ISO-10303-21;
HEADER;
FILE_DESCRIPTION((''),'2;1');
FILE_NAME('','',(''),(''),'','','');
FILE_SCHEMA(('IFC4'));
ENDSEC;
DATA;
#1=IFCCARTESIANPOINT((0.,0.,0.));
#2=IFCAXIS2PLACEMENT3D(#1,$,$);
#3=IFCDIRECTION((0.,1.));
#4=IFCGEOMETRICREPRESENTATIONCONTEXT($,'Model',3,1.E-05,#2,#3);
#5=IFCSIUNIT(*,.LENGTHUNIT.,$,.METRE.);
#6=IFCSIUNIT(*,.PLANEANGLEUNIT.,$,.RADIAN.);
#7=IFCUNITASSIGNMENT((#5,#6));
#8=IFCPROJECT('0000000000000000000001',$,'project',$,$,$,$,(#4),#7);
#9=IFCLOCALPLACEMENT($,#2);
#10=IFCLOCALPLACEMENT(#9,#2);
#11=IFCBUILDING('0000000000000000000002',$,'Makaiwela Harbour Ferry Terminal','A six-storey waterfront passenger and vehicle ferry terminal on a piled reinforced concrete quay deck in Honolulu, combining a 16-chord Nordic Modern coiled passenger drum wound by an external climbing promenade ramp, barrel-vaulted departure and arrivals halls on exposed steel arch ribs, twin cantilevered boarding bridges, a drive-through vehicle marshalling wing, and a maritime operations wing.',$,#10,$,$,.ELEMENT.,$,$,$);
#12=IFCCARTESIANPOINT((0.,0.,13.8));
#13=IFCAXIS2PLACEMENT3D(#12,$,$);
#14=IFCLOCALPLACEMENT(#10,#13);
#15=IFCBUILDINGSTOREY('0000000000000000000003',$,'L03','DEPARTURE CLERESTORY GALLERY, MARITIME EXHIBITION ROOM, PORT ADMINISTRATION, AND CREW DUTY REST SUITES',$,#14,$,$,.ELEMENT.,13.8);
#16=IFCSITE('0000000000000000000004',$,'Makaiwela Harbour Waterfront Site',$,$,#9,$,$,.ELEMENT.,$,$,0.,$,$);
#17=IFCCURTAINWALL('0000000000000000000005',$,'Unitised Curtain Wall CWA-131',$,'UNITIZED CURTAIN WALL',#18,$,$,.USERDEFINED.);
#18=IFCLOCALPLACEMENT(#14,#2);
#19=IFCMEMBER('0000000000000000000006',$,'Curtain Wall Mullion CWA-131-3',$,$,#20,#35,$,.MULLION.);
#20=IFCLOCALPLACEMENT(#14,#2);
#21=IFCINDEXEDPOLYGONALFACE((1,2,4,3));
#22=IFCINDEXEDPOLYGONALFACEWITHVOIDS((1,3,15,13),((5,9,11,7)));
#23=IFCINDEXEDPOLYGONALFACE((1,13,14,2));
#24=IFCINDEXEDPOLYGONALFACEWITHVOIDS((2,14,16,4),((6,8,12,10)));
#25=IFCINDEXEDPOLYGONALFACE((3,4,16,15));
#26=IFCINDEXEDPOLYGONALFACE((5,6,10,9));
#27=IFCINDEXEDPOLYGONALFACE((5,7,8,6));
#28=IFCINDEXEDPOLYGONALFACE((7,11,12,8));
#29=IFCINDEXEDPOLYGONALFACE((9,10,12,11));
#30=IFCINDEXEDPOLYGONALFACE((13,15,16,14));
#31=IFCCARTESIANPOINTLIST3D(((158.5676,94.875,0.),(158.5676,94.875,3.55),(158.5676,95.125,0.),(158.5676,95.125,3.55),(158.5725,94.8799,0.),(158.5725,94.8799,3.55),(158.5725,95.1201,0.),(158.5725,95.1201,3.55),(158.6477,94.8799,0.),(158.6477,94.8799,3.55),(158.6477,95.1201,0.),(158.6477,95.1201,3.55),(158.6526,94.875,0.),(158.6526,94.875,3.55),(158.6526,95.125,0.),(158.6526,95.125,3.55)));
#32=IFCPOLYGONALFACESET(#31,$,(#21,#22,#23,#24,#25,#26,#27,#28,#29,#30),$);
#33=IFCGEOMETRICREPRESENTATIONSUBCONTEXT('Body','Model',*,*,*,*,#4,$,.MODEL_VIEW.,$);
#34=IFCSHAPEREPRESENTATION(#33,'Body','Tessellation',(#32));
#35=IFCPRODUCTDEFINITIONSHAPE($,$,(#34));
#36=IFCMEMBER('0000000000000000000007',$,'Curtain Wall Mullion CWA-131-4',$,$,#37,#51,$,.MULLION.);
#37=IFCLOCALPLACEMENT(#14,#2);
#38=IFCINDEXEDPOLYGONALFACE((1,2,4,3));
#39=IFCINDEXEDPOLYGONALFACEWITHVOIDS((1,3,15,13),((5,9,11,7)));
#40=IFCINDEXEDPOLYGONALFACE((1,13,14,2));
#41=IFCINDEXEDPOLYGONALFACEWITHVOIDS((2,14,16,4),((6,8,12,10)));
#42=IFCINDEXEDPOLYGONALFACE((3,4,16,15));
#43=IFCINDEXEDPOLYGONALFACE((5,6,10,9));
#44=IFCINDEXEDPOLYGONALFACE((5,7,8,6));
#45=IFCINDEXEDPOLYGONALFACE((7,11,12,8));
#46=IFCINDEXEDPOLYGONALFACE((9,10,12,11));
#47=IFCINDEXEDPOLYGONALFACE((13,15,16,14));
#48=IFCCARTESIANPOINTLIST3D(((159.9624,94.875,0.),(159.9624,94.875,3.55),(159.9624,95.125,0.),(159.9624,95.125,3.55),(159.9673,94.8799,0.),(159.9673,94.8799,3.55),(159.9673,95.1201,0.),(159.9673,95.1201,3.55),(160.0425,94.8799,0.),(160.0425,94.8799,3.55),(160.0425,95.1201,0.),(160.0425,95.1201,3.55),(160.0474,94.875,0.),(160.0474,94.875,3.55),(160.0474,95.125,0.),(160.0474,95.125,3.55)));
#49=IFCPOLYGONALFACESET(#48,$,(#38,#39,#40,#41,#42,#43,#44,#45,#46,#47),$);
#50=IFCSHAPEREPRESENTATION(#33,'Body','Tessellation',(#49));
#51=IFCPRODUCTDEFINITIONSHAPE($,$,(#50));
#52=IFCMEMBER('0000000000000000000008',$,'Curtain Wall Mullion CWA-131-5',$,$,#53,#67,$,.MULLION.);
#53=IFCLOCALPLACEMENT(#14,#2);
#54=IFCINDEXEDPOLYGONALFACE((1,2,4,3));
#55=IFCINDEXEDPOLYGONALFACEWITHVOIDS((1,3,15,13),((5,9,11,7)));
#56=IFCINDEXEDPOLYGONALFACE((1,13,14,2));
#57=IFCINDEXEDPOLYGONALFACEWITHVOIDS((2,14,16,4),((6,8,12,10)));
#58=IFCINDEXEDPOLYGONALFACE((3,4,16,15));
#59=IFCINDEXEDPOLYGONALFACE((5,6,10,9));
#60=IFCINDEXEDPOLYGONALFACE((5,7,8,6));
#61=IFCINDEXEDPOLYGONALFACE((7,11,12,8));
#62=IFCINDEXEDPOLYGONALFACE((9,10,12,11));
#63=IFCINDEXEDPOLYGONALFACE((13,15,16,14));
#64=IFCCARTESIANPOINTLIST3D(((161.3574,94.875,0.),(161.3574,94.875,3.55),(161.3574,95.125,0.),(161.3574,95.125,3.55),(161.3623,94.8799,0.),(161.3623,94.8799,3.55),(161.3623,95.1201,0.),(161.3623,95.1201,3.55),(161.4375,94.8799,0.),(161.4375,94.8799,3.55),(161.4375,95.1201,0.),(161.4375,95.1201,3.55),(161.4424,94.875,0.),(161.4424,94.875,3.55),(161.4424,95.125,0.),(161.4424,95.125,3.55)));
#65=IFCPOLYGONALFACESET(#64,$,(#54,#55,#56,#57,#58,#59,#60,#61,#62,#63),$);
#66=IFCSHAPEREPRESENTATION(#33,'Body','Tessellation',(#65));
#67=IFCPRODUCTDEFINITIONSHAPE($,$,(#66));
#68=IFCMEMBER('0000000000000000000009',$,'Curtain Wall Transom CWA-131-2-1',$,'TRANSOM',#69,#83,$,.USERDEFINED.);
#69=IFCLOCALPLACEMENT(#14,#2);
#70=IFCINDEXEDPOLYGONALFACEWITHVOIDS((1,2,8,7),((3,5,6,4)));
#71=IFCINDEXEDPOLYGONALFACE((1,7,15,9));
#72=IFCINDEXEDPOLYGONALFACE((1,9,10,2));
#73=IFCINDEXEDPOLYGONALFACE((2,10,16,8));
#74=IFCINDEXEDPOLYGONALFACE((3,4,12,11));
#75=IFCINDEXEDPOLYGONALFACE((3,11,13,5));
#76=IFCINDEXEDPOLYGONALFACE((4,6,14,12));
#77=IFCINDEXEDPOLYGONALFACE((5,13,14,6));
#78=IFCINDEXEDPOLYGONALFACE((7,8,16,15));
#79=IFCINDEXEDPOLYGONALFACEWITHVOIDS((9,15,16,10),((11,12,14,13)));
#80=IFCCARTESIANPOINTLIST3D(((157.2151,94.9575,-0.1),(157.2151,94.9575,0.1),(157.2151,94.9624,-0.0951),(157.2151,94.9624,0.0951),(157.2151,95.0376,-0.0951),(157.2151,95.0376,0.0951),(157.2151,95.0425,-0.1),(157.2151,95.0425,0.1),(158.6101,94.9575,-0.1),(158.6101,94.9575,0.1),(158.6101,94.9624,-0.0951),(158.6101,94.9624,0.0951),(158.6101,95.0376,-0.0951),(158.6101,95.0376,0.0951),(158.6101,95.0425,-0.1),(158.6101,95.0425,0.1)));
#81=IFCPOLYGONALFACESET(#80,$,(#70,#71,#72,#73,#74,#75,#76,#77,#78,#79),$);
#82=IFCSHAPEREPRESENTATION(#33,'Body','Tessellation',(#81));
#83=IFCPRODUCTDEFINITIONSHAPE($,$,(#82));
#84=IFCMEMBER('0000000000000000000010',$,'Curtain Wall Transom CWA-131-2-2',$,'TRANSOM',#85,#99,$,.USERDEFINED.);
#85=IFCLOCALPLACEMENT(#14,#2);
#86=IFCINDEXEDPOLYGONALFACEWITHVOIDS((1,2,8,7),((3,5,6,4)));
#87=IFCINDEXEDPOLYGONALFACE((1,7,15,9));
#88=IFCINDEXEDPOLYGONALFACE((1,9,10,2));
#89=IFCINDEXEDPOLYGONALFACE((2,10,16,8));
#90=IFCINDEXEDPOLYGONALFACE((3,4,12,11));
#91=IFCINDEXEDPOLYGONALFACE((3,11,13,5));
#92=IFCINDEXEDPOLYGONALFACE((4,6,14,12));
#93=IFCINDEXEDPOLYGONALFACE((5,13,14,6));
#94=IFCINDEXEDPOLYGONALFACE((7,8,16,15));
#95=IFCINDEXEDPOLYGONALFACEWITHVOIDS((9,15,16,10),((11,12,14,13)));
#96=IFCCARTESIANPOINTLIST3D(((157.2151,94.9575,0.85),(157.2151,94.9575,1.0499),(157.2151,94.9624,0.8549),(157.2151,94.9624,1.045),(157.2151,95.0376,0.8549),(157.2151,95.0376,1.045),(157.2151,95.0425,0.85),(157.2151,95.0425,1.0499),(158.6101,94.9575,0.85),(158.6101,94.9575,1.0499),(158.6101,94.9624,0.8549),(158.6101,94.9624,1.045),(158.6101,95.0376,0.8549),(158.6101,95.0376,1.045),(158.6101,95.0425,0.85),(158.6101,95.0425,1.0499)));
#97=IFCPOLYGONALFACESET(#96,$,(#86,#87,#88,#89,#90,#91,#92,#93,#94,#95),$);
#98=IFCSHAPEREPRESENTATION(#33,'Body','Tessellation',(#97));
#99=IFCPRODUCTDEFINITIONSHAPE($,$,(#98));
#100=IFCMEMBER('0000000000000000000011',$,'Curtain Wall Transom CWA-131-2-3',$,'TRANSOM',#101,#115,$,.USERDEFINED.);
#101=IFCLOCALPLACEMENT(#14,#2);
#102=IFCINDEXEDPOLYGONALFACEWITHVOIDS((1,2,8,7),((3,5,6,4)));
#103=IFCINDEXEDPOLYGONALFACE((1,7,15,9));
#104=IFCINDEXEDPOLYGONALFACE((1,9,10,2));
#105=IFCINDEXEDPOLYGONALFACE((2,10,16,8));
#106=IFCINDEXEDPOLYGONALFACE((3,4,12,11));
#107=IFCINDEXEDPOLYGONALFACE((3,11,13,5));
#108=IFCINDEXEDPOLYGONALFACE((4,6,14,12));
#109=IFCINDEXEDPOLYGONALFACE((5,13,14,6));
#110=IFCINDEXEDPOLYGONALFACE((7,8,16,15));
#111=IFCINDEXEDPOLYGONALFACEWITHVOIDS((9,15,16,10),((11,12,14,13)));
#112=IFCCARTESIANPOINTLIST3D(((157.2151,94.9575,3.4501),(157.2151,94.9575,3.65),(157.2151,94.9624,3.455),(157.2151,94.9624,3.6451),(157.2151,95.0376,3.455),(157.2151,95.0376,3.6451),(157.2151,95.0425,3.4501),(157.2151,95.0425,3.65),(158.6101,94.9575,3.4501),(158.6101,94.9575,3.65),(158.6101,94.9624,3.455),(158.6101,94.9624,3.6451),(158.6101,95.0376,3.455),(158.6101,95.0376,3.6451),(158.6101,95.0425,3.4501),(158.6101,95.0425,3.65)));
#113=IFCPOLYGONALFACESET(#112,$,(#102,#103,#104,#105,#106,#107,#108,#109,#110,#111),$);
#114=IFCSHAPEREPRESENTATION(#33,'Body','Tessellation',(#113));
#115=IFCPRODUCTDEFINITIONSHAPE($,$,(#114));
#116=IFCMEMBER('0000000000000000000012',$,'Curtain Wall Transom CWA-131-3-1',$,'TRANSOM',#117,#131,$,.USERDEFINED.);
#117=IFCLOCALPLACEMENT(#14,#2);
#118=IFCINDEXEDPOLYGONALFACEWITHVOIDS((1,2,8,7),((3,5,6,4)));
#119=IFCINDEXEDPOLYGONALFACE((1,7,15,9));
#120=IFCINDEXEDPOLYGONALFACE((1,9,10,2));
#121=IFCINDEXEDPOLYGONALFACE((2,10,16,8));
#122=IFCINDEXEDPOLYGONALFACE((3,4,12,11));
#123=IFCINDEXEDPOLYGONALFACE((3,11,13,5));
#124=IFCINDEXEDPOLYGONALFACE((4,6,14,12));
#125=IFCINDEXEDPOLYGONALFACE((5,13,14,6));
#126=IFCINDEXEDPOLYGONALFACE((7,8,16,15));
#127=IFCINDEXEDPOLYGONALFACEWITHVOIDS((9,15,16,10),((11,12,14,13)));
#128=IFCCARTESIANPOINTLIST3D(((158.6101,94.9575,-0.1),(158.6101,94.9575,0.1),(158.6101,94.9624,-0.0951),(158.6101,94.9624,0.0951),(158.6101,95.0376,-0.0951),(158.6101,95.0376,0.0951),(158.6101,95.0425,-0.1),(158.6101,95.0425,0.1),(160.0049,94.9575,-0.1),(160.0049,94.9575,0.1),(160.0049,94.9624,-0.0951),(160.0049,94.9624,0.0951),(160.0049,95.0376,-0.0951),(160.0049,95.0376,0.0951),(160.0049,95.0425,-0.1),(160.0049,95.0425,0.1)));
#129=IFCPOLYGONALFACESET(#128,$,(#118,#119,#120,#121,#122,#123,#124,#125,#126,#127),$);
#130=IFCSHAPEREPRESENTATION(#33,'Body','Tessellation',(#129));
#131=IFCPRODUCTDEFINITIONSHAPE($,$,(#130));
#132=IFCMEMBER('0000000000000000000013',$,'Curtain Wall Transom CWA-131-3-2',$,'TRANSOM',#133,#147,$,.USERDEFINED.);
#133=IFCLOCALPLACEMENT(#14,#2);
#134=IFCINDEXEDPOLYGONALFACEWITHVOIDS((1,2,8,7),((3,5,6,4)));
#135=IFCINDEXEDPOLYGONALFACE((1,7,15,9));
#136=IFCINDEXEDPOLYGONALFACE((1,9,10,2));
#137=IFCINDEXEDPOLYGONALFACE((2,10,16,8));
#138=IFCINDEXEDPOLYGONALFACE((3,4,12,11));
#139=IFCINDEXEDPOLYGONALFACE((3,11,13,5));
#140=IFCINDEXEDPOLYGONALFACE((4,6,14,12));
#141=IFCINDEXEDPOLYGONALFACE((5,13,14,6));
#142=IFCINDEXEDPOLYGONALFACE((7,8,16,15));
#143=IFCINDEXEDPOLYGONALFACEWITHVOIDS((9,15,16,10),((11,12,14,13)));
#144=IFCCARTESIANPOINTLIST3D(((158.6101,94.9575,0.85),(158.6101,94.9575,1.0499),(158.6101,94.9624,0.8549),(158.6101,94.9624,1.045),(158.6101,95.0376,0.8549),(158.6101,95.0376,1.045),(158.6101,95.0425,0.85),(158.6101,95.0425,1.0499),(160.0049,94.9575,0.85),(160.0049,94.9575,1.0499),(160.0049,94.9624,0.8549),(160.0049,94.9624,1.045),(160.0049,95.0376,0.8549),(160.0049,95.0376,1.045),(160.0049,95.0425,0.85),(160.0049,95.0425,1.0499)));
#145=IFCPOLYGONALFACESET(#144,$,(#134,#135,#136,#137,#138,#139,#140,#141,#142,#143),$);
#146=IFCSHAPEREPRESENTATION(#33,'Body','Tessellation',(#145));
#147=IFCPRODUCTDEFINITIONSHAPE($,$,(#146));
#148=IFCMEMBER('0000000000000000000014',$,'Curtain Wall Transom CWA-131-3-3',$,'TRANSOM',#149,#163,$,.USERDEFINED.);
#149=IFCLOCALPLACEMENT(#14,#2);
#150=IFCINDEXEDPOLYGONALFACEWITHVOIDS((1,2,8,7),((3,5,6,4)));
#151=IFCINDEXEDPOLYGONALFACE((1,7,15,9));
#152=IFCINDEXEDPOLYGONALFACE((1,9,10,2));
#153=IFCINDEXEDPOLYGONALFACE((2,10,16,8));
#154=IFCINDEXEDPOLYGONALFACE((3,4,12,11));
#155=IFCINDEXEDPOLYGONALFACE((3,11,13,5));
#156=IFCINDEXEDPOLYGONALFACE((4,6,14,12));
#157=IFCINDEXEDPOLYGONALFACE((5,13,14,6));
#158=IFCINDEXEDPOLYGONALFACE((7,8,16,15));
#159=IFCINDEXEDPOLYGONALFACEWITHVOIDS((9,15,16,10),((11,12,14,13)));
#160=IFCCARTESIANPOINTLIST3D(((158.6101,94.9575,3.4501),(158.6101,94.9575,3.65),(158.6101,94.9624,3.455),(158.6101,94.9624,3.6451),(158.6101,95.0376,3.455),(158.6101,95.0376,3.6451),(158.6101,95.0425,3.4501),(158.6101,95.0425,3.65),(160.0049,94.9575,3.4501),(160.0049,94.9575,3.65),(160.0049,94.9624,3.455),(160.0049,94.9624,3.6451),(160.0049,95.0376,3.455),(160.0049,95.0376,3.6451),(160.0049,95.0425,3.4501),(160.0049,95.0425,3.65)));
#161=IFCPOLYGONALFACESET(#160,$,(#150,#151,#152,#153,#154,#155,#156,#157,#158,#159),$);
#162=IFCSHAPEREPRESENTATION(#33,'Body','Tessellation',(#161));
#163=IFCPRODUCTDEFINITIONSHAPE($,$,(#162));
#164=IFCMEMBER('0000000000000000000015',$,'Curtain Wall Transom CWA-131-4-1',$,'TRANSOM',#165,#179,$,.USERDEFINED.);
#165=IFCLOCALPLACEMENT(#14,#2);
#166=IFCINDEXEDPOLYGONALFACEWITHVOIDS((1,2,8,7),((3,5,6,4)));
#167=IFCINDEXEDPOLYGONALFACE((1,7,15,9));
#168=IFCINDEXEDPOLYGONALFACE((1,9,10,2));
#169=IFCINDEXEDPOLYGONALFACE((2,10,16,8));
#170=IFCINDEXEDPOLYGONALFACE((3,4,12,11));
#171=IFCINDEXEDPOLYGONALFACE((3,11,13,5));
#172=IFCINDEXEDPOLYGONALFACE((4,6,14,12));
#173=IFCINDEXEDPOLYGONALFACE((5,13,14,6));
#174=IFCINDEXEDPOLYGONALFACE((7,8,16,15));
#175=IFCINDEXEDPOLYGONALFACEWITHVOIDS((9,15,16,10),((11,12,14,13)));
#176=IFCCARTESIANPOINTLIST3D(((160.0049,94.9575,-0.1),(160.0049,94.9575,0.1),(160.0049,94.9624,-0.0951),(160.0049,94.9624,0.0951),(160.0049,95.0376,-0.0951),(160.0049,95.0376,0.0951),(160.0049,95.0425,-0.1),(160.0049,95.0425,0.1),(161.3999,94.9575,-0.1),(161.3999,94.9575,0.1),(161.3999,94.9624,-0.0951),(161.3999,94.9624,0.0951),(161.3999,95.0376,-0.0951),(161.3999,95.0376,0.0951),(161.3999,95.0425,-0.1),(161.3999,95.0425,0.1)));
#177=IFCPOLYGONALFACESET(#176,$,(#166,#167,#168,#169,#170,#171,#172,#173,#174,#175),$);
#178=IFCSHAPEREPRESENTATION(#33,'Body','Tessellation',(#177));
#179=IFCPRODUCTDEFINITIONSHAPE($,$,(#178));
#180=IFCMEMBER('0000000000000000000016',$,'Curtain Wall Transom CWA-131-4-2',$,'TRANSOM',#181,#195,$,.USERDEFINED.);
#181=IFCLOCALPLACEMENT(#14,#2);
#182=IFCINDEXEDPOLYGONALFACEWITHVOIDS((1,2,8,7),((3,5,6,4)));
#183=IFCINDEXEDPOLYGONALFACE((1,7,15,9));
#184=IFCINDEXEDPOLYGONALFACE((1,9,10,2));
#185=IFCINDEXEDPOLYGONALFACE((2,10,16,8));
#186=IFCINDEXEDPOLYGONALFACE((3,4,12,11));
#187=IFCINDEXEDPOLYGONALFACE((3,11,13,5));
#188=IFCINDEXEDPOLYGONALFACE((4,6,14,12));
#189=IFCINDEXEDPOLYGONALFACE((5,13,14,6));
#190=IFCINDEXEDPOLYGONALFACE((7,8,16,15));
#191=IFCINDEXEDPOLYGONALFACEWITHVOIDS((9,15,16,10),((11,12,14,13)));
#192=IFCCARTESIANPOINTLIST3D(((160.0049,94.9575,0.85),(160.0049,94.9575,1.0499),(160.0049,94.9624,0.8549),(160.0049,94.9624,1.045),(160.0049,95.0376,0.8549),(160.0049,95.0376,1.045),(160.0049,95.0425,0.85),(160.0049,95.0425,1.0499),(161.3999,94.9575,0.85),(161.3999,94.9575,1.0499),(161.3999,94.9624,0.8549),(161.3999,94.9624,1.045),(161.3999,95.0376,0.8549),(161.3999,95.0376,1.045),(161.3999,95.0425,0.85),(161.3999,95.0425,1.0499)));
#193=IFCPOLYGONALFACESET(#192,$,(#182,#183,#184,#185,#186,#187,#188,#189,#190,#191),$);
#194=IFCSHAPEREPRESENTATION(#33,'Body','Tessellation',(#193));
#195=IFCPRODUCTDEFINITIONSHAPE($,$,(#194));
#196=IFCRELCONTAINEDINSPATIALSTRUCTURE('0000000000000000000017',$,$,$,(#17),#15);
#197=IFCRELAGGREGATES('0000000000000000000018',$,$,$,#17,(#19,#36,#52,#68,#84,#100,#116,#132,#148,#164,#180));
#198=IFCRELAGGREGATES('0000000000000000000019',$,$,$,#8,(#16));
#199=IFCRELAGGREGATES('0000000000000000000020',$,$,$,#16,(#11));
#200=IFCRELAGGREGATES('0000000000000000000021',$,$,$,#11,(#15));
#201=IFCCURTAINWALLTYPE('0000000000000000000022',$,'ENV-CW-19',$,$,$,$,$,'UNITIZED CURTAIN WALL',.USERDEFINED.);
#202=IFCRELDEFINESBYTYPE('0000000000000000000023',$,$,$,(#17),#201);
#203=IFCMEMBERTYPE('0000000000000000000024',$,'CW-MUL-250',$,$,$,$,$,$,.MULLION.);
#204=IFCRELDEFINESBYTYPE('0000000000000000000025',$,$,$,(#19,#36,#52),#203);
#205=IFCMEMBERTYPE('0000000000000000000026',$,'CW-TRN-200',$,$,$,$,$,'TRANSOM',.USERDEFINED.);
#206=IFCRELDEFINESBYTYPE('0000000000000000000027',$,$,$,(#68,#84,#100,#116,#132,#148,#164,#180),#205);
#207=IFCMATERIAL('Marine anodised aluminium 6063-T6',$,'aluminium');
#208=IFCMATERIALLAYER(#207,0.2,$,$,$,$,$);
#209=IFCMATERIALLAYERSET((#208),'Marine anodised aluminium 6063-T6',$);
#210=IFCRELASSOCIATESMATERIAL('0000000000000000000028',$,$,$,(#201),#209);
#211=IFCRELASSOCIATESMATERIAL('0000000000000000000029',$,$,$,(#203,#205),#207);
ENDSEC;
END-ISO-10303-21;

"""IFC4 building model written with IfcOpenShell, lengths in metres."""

from ifc_helpers import new_model, si_unit, direction, frame, origin, origin_2d, place, context, subcontext, project, spatial, hollow_rectangle, extrude, material, layer, layer_set, material_profile, profile_set, type_object, element, aggregate, save


model = new_model("IFC4")

# Units and contexts
model_context = context("Model", 3, precision=1e-05, world=origin(), true_north=direction((0.0, 1.0)))
body_context = subcontext(model_context, "Body", "Model", "MODEL_VIEW")
ifc_project = project(units=[si_unit("LENGTHUNIT", "METRE"), si_unit("PLANEANGLEUNIT", "RADIAN")], contexts=[model_context])

# Site, building, storey
site_placement = place(None, origin())
site = spatial("IfcSite", under=ifc_project, at=site_placement, Name="Makaiwela Harbour Waterfront Site", CompositionType="ELEMENT", RefElevation=0.0)
building_placement = place(site_placement, origin())
building = spatial("IfcBuilding", under=site, at=building_placement, Name="Makaiwela Harbour Ferry Terminal", Description="A six-storey waterfront passenger and vehicle ferry terminal on a piled reinforced concrete quay deck in Honolulu, combining a 16-chord Nordic Modern coiled passenger drum wound by an external climbing promenade ramp, barrel-vaulted departure and arrivals halls on exposed steel arch ribs, twin cantilevered boarding bridges, a drive-through vehicle marshalling wing, and a maritime operations wing.", CompositionType="ELEMENT")
storey_placement = place(building_placement, frame((0.0, 0.0, 13.8)))
storey = spatial("IfcBuildingStorey", under=building, at=storey_placement, Name="L03", Description="DEPARTURE CLERESTORY GALLERY, MARITIME EXHIBITION ROOM, PORT ADMINISTRATION, AND CREW DUTY REST SUITES", CompositionType="ELEMENT", Elevation=13.8)

# Curtain wall, members
ifc_material_1 = material(Name="Marine anodised aluminium 6063-T6", Category="aluminium")
ifc_layer_1 = layer(ifc_material_1, 0.2)
ifc_layer_set_1 = layer_set([ifc_layer_1], Name="Marine anodised aluminium 6063-T6")
curtain_wall_type = type_object("IfcCurtainWallType", Name="ENV-CW-19", ElementType="UNITIZED CURTAIN WALL", PredefinedType="USERDEFINED", material=ifc_layer_set_1)
curtain_wall_placement = place(storey_placement, origin())
curtain_wall = element("IfcCurtainWall", 1, at=curtain_wall_placement, inside=storey, type_object=curtain_wall_type, Name="Unitised Curtain Wall CWA-131", ObjectType="UNITIZED CURTAIN WALL", PredefinedType="USERDEFINED")
ifc_material_profile_1 = material_profile(ifc_material_1, hollow_rectangle(XDim=0.085, YDim=0.25, WallThickness=0.0049, at=origin_2d()), Name="CWM-250X85")
ifc_profile_set_1 = profile_set([ifc_material_profile_1], Name="Marine anodised aluminium 6063-T6")
member_type_1 = type_object("IfcMemberType", Name="CW-MUL-250", PredefinedType="MULLION", material=ifc_profile_set_1)
member_1_placement = place(storey_placement, frame((158.6101, 95.0, 0.0), z_axis=(0.0, 0.0, 1.0), x_axis=(1.0, 0.0, 0.0)))
member_1 = element("IfcMember", 2, at=member_1_placement, type_object=member_type_1, Name="Curtain Wall Mullion CWA-131-3", PredefinedType="MULLION", context=body_context, shape_type="SweptSolid", body=[
    extrude(hollow_rectangle(XDim=0.085, YDim=0.25, WallThickness=0.0049, at=origin_2d()), origin(), (0.0, 0.0, 1.0), 3.55),
])
member_2_placement = place(storey_placement, frame((160.0049, 95.0, 0.0), z_axis=(0.0, 0.0, 1.0), x_axis=(1.0, 0.0, 0.0)))
member_2 = element("IfcMember", 3, at=member_2_placement, type_object=member_type_1, Name="Curtain Wall Mullion CWA-131-4", PredefinedType="MULLION", context=body_context, shape_type="SweptSolid", body=[
    extrude(hollow_rectangle(XDim=0.085, YDim=0.25, WallThickness=0.0049, at=origin_2d()), origin(), (0.0, 0.0, 1.0), 3.55),
])
member_3_placement = place(storey_placement, frame((161.3999, 95.0, 0.0), z_axis=(0.0, 0.0, 1.0), x_axis=(1.0, 0.0, 0.0)))
member_3 = element("IfcMember", 4, at=member_3_placement, type_object=member_type_1, Name="Curtain Wall Mullion CWA-131-5", PredefinedType="MULLION", context=body_context, shape_type="SweptSolid", body=[
    extrude(hollow_rectangle(XDim=0.085, YDim=0.25, WallThickness=0.0049, at=origin_2d()), origin(), (0.0, 0.0, 1.0), 3.55),
])
ifc_material_profile_2 = material_profile(ifc_material_1, hollow_rectangle(XDim=0.085, YDim=0.2, WallThickness=0.0049, at=origin_2d()), Name="CWT-200X85")
ifc_profile_set_2 = profile_set([ifc_material_profile_2], Name="Marine anodised aluminium 6063-T6")
member_type_2 = type_object("IfcMemberType", Name="CW-TRN-200", ElementType="TRANSOM", PredefinedType="USERDEFINED", material=ifc_profile_set_2)
member_4_placement = place(storey_placement, frame((157.2151, 95.0, 0.0), z_axis=(1.0, 0.0, 0.0), x_axis=(0.0, 1.0, 0.0)))
member_4 = element("IfcMember", 5, at=member_4_placement, type_object=member_type_2, Name="Curtain Wall Transom CWA-131-2-1", ObjectType="TRANSOM", PredefinedType="USERDEFINED", context=body_context, shape_type="SweptSolid", body=[
    extrude(hollow_rectangle(XDim=0.085, YDim=0.2, WallThickness=0.0049, at=origin_2d()), origin(), (0.0, 0.0, 1.0), 1.395),
])
member_5_placement = place(storey_placement, frame((157.2151, 95.0, 0.95), z_axis=(1.0, 0.0, 0.0), x_axis=(0.0, 1.0, 0.0)))
member_5 = element("IfcMember", 6, at=member_5_placement, type_object=member_type_2, Name="Curtain Wall Transom CWA-131-2-2", ObjectType="TRANSOM", PredefinedType="USERDEFINED", context=body_context, shape_type="SweptSolid", body=[
    extrude(hollow_rectangle(XDim=0.085, YDim=0.2, WallThickness=0.0049, at=origin_2d()), origin(), (0.0, 0.0, 1.0), 1.395),
])
member_6_placement = place(storey_placement, frame((157.2151, 95.0, 3.55), z_axis=(1.0, 0.0, 0.0), x_axis=(0.0, 1.0, 0.0)))
member_6 = element("IfcMember", 7, at=member_6_placement, type_object=member_type_2, Name="Curtain Wall Transom CWA-131-2-3", ObjectType="TRANSOM", PredefinedType="USERDEFINED", context=body_context, shape_type="SweptSolid", body=[
    extrude(hollow_rectangle(XDim=0.085, YDim=0.2, WallThickness=0.0049, at=origin_2d()), origin(), (0.0, 0.0, 1.0), 1.395),
])
member_7_placement = place(storey_placement, frame((158.6101, 95.0, 0.0), z_axis=(1.0, 0.0, 0.0), x_axis=(0.0, 1.0, 0.0)))
member_7 = element("IfcMember", 8, at=member_7_placement, type_object=member_type_2, Name="Curtain Wall Transom CWA-131-3-1", ObjectType="TRANSOM", PredefinedType="USERDEFINED", context=body_context, shape_type="SweptSolid", body=[
    extrude(hollow_rectangle(XDim=0.085, YDim=0.2, WallThickness=0.0049, at=origin_2d()), origin(), (0.0, 0.0, 1.0), 1.3948),
])
member_8_placement = place(storey_placement, frame((158.6101, 95.0, 0.95), z_axis=(1.0, 0.0, 0.0), x_axis=(0.0, 1.0, 0.0)))
member_8 = element("IfcMember", 9, at=member_8_placement, type_object=member_type_2, Name="Curtain Wall Transom CWA-131-3-2", ObjectType="TRANSOM", PredefinedType="USERDEFINED", context=body_context, shape_type="SweptSolid", body=[
    extrude(hollow_rectangle(XDim=0.085, YDim=0.2, WallThickness=0.0049, at=origin_2d()), origin(), (0.0, 0.0, 1.0), 1.3948),
])
member_9_placement = place(storey_placement, frame((158.6101, 95.0, 3.55), z_axis=(1.0, 0.0, 0.0), x_axis=(0.0, 1.0, 0.0)))
member_9 = element("IfcMember", 10, at=member_9_placement, type_object=member_type_2, Name="Curtain Wall Transom CWA-131-3-3", ObjectType="TRANSOM", PredefinedType="USERDEFINED", context=body_context, shape_type="SweptSolid", body=[
    extrude(hollow_rectangle(XDim=0.085, YDim=0.2, WallThickness=0.0049, at=origin_2d()), origin(), (0.0, 0.0, 1.0), 1.3948),
])
member_10_placement = place(storey_placement, frame((160.0049, 95.0, 0.0), z_axis=(1.0, 0.0, 0.0), x_axis=(0.0, 1.0, 0.0)))
member_10 = element("IfcMember", 11, at=member_10_placement, type_object=member_type_2, Name="Curtain Wall Transom CWA-131-4-1", ObjectType="TRANSOM", PredefinedType="USERDEFINED", context=body_context, shape_type="SweptSolid", body=[
    extrude(hollow_rectangle(XDim=0.085, YDim=0.2, WallThickness=0.0049, at=origin_2d()), origin(), (0.0, 0.0, 1.0), 1.395),
])
member_11_placement = place(storey_placement, frame((160.0049, 95.0, 0.95), z_axis=(1.0, 0.0, 0.0), x_axis=(0.0, 1.0, 0.0)))
member_11 = element("IfcMember", 12, at=member_11_placement, type_object=member_type_2, Name="Curtain Wall Transom CWA-131-4-2", ObjectType="TRANSOM", PredefinedType="USERDEFINED", context=body_context, shape_type="SweptSolid", body=[
    extrude(hollow_rectangle(XDim=0.085, YDim=0.2, WallThickness=0.0049, at=origin_2d()), origin(), (0.0, 0.0, 1.0), 1.395),
])
aggregate(curtain_wall, [member_1, member_2, member_3, member_4, member_5, member_6, member_7, member_8, member_9, member_10, member_11])

save(model, "model.ifc")
